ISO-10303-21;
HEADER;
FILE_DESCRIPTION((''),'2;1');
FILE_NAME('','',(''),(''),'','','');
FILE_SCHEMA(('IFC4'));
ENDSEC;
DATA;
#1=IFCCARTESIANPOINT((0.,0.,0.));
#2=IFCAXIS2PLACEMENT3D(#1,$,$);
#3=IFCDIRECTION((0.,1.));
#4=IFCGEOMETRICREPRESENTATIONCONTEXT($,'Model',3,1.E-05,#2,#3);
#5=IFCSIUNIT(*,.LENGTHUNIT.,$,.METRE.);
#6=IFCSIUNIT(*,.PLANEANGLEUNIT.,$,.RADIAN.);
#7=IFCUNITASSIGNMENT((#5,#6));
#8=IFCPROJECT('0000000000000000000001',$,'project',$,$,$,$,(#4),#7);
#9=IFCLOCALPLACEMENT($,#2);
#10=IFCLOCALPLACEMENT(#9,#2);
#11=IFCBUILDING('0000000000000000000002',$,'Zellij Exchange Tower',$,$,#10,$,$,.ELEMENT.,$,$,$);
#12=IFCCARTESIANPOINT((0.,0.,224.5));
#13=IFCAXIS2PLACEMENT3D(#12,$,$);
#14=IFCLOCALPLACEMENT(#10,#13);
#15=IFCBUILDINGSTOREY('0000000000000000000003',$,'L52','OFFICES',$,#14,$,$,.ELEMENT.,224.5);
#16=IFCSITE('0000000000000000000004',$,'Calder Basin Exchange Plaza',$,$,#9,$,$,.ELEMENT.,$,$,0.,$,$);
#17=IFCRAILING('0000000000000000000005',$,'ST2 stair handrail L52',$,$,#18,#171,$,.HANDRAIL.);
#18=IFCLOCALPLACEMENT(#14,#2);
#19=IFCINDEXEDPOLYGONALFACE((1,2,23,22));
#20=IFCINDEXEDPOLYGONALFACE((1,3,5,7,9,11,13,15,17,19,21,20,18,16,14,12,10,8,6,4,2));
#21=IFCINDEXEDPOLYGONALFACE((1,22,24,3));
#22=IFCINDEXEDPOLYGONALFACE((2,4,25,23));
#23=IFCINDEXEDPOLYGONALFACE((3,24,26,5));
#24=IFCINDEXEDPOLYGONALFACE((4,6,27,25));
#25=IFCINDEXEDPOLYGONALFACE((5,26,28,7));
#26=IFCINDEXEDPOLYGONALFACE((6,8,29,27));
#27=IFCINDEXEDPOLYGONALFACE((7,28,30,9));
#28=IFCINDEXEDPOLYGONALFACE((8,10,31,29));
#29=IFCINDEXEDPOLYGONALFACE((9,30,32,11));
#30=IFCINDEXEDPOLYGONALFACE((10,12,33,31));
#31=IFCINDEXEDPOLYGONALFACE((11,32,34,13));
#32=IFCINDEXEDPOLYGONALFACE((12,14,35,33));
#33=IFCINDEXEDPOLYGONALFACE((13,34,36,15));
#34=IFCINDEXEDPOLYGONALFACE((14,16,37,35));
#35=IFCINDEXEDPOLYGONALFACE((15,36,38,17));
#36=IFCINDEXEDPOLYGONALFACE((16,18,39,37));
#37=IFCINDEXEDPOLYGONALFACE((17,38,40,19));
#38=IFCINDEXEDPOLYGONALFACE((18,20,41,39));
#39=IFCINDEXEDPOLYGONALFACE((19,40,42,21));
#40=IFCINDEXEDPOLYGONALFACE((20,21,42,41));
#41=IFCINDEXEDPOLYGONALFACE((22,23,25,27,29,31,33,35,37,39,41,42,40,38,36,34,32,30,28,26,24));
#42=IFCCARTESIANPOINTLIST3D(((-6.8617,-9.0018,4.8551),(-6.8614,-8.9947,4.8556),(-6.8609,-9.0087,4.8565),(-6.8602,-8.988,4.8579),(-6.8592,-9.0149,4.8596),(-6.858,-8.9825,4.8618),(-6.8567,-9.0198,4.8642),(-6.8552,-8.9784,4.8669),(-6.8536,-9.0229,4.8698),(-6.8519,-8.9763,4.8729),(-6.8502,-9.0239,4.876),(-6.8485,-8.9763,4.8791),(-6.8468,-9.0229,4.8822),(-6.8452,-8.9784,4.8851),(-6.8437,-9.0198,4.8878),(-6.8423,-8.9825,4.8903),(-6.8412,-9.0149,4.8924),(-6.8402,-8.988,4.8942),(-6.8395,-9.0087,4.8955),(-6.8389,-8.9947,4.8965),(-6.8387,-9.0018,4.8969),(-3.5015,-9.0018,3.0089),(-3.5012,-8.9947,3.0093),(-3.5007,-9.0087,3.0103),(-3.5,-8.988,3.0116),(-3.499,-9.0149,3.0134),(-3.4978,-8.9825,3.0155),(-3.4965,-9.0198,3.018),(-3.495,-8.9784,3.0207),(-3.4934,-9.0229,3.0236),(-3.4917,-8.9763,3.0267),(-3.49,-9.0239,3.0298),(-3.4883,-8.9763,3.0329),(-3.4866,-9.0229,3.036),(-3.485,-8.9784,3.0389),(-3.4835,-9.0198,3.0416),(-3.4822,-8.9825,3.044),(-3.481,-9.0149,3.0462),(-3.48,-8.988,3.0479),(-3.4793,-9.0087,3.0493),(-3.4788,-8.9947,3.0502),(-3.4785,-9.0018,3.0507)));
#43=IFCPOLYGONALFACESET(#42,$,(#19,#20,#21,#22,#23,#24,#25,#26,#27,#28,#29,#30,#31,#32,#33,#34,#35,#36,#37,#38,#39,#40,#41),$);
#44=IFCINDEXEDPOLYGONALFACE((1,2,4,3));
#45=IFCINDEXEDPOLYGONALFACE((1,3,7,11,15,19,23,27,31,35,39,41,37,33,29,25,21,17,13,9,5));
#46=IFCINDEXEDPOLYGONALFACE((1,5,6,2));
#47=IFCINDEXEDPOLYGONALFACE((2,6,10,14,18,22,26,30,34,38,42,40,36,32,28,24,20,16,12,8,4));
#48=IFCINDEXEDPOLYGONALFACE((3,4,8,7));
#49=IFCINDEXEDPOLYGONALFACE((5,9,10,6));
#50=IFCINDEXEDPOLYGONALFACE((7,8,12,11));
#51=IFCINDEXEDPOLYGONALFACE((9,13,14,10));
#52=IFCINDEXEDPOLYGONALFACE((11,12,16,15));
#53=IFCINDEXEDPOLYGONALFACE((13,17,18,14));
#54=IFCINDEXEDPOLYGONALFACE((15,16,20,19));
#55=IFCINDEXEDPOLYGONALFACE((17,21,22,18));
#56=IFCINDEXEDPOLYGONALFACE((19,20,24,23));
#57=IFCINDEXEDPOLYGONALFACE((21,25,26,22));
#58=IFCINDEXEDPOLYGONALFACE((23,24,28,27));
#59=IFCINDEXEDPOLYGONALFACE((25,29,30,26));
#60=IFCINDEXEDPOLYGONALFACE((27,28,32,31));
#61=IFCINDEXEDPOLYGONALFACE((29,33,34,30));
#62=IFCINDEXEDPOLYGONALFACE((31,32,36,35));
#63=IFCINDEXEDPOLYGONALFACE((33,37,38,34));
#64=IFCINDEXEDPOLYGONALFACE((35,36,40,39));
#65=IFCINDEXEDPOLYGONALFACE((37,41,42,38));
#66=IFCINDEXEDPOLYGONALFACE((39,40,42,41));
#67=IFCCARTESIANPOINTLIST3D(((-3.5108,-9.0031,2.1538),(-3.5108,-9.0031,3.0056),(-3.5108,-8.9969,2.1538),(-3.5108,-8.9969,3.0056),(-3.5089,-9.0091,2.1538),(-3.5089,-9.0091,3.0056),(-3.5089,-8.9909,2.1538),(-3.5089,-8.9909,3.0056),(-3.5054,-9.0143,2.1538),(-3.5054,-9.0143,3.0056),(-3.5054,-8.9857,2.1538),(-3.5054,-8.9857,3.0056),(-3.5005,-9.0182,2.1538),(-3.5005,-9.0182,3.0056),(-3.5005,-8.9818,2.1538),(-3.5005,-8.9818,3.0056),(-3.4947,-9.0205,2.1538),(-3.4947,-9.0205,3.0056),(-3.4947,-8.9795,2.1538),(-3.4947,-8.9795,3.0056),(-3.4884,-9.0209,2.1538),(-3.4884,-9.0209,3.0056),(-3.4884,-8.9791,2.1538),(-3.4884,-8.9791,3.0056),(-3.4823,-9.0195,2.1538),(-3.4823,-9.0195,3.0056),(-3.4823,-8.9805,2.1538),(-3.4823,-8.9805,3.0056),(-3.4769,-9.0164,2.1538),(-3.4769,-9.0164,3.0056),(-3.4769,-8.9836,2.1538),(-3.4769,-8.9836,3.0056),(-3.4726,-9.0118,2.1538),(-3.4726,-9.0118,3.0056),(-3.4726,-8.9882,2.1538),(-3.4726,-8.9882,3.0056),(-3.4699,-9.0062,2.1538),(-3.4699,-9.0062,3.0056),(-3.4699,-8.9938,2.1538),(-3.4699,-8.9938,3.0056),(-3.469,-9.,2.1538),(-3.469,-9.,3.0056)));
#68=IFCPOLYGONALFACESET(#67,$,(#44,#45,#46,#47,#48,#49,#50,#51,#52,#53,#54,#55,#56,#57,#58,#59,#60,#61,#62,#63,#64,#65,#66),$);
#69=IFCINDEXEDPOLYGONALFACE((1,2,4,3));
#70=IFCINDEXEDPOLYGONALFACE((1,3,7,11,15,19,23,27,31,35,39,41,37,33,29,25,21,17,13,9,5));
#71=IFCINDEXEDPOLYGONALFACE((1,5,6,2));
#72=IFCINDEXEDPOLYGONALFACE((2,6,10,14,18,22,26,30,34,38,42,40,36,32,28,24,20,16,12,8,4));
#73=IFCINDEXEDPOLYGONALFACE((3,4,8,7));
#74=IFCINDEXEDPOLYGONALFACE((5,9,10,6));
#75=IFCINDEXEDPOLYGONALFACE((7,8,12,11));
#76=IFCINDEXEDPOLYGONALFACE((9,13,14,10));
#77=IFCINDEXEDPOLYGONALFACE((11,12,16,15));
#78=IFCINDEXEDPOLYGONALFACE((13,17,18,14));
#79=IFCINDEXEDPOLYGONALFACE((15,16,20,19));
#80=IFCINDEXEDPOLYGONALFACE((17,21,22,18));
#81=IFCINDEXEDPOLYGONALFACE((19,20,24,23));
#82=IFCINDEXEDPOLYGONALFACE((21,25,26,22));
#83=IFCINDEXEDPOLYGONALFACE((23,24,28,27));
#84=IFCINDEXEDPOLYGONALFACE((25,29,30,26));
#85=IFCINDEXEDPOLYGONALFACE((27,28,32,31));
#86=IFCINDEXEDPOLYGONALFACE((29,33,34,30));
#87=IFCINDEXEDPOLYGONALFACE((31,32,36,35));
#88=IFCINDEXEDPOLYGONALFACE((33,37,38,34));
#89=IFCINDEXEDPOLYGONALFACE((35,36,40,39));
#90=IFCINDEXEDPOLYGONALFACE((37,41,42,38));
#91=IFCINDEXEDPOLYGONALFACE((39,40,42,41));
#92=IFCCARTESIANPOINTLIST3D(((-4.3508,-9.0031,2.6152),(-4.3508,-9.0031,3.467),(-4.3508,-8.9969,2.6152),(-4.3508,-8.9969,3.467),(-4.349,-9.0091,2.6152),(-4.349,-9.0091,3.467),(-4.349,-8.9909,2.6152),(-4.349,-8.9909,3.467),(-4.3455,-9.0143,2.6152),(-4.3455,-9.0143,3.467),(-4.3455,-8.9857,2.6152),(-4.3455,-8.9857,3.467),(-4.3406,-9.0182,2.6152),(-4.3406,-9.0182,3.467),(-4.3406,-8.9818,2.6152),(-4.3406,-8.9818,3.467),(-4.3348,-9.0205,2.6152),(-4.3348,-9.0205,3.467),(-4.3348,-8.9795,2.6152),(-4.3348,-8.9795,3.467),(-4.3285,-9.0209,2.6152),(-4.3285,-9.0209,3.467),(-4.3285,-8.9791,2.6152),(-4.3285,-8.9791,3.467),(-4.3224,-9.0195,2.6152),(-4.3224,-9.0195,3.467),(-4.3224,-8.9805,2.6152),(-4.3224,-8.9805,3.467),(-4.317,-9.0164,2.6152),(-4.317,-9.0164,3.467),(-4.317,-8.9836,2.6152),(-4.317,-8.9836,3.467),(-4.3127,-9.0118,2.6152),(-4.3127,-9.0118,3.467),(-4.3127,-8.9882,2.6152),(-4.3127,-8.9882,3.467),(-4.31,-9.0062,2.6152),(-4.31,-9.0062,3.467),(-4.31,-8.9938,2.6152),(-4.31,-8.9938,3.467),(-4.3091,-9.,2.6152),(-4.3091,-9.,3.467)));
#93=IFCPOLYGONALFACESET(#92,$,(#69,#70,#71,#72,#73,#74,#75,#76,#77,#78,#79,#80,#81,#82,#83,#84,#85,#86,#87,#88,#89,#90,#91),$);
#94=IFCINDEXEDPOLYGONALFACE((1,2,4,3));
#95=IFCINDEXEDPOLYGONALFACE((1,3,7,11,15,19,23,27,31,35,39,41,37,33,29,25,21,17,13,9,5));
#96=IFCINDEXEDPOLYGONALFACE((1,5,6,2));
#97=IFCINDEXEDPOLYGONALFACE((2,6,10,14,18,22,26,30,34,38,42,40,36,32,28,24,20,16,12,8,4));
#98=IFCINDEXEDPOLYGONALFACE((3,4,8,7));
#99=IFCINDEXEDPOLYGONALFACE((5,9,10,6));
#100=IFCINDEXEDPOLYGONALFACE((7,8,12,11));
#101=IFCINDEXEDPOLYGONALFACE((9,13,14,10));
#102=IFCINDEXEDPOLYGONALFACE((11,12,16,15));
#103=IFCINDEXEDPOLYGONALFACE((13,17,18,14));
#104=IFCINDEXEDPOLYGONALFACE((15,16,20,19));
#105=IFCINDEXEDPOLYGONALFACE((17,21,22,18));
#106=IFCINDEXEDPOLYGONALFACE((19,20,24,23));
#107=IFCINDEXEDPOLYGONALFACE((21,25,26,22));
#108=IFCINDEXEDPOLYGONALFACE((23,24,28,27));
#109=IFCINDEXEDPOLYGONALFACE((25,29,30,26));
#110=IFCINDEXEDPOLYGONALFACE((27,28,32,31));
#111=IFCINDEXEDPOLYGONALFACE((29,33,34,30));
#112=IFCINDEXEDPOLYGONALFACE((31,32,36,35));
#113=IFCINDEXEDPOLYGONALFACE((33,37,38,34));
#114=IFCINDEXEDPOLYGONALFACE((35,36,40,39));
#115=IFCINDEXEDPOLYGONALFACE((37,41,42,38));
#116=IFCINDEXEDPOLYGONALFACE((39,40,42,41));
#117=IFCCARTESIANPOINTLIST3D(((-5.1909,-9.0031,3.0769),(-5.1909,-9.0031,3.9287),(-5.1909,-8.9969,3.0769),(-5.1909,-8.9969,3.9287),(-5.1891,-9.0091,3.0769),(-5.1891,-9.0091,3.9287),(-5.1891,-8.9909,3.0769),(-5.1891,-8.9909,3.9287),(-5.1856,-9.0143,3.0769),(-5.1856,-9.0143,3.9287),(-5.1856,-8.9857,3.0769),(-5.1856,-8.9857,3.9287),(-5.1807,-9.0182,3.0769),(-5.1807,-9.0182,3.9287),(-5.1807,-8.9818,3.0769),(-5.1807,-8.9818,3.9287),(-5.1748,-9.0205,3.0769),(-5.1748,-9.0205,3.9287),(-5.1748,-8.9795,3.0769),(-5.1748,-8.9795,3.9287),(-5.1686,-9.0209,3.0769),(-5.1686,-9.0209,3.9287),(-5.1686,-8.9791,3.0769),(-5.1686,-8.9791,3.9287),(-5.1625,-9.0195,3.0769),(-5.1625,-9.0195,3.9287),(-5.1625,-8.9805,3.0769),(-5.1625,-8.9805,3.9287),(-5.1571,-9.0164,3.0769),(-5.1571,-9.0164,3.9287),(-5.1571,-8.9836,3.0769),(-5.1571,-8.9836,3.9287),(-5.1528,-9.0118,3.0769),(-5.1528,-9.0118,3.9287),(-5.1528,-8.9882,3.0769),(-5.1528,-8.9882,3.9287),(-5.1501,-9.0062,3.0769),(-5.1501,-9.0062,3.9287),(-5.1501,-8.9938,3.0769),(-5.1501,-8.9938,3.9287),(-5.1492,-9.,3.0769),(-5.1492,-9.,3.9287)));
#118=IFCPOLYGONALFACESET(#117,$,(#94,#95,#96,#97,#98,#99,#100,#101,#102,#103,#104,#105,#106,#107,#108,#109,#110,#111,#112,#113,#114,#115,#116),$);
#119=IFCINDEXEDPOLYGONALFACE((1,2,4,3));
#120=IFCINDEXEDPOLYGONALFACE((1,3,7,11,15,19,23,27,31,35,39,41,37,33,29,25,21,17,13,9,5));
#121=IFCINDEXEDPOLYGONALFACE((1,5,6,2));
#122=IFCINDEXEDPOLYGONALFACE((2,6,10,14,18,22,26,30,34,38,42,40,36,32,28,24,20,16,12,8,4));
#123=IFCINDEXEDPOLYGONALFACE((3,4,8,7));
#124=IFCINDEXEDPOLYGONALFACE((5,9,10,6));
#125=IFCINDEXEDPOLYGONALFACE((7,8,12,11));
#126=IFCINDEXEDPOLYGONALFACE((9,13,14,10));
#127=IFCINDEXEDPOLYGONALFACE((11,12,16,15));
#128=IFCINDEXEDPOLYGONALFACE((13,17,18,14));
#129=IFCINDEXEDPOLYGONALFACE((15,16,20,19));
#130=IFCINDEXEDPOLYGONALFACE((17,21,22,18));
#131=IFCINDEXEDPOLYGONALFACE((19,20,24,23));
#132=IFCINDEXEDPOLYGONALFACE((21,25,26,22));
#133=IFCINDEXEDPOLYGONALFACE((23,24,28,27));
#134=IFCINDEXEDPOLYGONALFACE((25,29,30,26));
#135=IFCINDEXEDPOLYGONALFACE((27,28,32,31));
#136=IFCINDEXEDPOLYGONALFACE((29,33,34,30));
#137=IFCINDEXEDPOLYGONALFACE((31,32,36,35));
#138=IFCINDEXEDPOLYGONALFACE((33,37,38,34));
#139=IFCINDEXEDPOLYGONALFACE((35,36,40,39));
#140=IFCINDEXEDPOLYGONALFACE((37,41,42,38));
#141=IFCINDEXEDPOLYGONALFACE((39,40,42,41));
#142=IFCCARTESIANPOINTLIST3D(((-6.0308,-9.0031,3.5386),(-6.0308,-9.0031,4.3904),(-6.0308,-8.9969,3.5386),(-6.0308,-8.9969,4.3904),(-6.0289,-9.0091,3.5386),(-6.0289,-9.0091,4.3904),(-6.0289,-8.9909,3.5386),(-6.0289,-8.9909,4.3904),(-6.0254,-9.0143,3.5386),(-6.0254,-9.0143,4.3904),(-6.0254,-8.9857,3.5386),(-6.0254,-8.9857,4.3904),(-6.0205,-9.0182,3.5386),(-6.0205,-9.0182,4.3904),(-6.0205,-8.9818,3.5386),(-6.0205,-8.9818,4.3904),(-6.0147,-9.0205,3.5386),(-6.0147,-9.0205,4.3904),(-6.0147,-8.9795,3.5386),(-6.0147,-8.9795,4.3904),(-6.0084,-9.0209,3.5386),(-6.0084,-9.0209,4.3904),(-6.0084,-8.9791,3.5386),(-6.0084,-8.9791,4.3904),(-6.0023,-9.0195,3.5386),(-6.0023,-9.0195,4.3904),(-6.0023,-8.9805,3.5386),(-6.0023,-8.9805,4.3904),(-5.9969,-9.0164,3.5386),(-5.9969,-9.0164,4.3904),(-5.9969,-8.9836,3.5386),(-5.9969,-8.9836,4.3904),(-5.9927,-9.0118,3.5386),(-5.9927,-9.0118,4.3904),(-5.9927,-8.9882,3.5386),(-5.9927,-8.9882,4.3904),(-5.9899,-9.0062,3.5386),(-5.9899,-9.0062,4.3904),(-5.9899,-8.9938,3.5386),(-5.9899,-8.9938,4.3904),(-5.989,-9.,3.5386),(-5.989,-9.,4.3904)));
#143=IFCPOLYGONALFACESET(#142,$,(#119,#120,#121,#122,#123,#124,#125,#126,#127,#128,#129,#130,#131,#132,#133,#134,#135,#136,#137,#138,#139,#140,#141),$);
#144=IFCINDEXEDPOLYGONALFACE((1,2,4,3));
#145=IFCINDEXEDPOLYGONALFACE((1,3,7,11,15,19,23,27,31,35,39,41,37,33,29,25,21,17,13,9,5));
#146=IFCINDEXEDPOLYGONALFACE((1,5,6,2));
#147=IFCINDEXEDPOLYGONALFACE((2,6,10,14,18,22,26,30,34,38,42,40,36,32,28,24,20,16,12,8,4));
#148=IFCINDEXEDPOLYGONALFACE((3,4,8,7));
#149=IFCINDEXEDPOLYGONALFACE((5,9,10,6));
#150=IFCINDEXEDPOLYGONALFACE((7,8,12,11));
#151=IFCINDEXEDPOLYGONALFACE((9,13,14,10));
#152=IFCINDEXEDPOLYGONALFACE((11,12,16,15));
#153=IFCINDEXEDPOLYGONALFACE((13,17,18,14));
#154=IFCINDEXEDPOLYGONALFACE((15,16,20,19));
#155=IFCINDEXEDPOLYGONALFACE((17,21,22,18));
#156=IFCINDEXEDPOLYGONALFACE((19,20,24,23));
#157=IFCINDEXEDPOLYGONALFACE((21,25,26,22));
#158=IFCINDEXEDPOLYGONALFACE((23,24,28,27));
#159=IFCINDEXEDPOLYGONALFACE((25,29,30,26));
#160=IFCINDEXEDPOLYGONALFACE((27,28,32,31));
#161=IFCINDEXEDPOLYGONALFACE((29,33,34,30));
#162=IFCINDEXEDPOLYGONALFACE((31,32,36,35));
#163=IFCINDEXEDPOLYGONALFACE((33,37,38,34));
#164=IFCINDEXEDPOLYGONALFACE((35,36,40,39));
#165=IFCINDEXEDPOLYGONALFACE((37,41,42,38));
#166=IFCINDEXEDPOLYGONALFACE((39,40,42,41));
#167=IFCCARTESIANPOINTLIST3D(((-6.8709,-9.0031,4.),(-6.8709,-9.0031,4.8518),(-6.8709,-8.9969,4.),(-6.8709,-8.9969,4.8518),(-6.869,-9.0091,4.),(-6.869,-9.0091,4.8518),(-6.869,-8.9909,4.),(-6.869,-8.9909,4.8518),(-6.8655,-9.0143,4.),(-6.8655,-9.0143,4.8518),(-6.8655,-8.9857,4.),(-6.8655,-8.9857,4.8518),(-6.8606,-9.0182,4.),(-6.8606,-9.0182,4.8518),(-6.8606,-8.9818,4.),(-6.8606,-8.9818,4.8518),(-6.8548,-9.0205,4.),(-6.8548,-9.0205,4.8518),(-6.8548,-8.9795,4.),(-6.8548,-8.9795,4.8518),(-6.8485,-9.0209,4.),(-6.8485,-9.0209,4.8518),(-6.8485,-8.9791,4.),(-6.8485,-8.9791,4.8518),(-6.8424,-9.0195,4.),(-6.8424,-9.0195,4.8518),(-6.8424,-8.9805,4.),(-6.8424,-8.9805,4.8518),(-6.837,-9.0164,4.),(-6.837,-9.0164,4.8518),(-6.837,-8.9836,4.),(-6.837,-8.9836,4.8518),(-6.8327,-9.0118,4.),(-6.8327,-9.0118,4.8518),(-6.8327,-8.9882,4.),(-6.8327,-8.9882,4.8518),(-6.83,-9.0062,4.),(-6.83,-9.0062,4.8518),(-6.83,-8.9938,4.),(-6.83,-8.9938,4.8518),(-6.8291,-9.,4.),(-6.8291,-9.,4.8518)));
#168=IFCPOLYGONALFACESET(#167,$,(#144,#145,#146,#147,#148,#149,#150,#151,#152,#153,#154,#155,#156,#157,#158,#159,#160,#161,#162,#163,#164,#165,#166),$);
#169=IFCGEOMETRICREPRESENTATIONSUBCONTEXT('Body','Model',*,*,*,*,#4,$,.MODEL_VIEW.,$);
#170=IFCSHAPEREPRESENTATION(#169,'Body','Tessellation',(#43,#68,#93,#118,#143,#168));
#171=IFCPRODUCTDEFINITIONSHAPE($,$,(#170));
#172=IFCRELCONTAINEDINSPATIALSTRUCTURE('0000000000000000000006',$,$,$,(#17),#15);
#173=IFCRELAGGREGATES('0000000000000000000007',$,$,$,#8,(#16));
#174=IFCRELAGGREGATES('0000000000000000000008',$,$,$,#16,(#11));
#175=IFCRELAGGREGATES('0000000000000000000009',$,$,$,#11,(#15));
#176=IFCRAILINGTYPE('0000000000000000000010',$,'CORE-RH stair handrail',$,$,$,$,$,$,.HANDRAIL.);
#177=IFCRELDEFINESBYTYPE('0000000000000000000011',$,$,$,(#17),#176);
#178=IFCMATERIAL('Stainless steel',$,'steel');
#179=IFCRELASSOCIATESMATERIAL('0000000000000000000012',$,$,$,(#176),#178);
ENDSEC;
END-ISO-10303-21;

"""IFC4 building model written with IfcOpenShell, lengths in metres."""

from ifc_helpers import new_model, si_unit, direction, frame, origin, origin_2d, place, context, subcontext, project, spatial, circle, extrude, material, type_object, element, save


model = new_model("IFC4")

# Units and contexts
model_context = context("Model", 3, precision=1e-05, world=origin(), true_north=direction((0.0, 1.0)))
body_context = subcontext(model_context, "Body", "Model", "MODEL_VIEW")
ifc_project = project(units=[si_unit("LENGTHUNIT", "METRE"), si_unit("PLANEANGLEUNIT", "RADIAN")], contexts=[model_context])

# Site, building, storey
site_placement = place(None, origin())
site = spatial("IfcSite", under=ifc_project, at=site_placement, Name="Calder Basin Exchange Plaza", CompositionType="ELEMENT", RefElevation=0.0)
building_placement = place(site_placement, origin())
building = spatial("IfcBuilding", under=site, at=building_placement, Name="Zellij Exchange Tower", CompositionType="ELEMENT")
storey_placement = place(building_placement, frame((0.0, 0.0, 224.5)))
storey = spatial("IfcBuildingStorey", under=building, at=storey_placement, Name="L52", Description="OFFICES", CompositionType="ELEMENT", Elevation=224.5)

# Railing
ifc_material_1 = material(Name="Stainless steel", Category="steel")
railing_type_1 = type_object("IfcRailingType", Name="CORE-RH stair handrail", PredefinedType="HANDRAIL", material=ifc_material_1)
railing_1_placement = place(storey_placement, frame((-3.49, -9.0, 2.1538)))
element("IfcRailing", 1, at=railing_1_placement, inside=storey, type_object=railing_type_1, Name="ST2 stair handrail L52", PredefinedType="HANDRAIL", context=body_context, shape_type="SweptSolid", body=[
    extrude(circle(Radius=0.0239, at=origin_2d()), frame((0.0, 0.0, 0.876), z_axis=(-0.876422, 0.0, 0.481545), x_axis=(0.0, -1.0, 0.0)), (0.0, 0.0, 1.0), 3.834),
    extrude(circle(Radius=0.021, at=origin_2d()), origin(), (0.0, 0.0, 1.0), 0.8518),
    extrude(circle(Radius=0.021, at=origin_2d()), frame((-0.8401, 0.0, 0.4614)), (0.0, 0.0, 1.0), 0.8518),
    extrude(circle(Radius=0.021, at=origin_2d()), frame((-1.6802, 0.0, 0.9231)), (0.0, 0.0, 1.0), 0.8518),
    extrude(circle(Radius=0.021, at=origin_2d()), frame((-2.52, 0.0, 1.3848)), (0.0, 0.0, 1.0), 0.8518),
    extrude(circle(Radius=0.021, at=origin_2d()), frame((-3.3601, 0.0, 1.8462)), (0.0, 0.0, 1.0), 0.8518),
])

save(model, "model.ifc")
